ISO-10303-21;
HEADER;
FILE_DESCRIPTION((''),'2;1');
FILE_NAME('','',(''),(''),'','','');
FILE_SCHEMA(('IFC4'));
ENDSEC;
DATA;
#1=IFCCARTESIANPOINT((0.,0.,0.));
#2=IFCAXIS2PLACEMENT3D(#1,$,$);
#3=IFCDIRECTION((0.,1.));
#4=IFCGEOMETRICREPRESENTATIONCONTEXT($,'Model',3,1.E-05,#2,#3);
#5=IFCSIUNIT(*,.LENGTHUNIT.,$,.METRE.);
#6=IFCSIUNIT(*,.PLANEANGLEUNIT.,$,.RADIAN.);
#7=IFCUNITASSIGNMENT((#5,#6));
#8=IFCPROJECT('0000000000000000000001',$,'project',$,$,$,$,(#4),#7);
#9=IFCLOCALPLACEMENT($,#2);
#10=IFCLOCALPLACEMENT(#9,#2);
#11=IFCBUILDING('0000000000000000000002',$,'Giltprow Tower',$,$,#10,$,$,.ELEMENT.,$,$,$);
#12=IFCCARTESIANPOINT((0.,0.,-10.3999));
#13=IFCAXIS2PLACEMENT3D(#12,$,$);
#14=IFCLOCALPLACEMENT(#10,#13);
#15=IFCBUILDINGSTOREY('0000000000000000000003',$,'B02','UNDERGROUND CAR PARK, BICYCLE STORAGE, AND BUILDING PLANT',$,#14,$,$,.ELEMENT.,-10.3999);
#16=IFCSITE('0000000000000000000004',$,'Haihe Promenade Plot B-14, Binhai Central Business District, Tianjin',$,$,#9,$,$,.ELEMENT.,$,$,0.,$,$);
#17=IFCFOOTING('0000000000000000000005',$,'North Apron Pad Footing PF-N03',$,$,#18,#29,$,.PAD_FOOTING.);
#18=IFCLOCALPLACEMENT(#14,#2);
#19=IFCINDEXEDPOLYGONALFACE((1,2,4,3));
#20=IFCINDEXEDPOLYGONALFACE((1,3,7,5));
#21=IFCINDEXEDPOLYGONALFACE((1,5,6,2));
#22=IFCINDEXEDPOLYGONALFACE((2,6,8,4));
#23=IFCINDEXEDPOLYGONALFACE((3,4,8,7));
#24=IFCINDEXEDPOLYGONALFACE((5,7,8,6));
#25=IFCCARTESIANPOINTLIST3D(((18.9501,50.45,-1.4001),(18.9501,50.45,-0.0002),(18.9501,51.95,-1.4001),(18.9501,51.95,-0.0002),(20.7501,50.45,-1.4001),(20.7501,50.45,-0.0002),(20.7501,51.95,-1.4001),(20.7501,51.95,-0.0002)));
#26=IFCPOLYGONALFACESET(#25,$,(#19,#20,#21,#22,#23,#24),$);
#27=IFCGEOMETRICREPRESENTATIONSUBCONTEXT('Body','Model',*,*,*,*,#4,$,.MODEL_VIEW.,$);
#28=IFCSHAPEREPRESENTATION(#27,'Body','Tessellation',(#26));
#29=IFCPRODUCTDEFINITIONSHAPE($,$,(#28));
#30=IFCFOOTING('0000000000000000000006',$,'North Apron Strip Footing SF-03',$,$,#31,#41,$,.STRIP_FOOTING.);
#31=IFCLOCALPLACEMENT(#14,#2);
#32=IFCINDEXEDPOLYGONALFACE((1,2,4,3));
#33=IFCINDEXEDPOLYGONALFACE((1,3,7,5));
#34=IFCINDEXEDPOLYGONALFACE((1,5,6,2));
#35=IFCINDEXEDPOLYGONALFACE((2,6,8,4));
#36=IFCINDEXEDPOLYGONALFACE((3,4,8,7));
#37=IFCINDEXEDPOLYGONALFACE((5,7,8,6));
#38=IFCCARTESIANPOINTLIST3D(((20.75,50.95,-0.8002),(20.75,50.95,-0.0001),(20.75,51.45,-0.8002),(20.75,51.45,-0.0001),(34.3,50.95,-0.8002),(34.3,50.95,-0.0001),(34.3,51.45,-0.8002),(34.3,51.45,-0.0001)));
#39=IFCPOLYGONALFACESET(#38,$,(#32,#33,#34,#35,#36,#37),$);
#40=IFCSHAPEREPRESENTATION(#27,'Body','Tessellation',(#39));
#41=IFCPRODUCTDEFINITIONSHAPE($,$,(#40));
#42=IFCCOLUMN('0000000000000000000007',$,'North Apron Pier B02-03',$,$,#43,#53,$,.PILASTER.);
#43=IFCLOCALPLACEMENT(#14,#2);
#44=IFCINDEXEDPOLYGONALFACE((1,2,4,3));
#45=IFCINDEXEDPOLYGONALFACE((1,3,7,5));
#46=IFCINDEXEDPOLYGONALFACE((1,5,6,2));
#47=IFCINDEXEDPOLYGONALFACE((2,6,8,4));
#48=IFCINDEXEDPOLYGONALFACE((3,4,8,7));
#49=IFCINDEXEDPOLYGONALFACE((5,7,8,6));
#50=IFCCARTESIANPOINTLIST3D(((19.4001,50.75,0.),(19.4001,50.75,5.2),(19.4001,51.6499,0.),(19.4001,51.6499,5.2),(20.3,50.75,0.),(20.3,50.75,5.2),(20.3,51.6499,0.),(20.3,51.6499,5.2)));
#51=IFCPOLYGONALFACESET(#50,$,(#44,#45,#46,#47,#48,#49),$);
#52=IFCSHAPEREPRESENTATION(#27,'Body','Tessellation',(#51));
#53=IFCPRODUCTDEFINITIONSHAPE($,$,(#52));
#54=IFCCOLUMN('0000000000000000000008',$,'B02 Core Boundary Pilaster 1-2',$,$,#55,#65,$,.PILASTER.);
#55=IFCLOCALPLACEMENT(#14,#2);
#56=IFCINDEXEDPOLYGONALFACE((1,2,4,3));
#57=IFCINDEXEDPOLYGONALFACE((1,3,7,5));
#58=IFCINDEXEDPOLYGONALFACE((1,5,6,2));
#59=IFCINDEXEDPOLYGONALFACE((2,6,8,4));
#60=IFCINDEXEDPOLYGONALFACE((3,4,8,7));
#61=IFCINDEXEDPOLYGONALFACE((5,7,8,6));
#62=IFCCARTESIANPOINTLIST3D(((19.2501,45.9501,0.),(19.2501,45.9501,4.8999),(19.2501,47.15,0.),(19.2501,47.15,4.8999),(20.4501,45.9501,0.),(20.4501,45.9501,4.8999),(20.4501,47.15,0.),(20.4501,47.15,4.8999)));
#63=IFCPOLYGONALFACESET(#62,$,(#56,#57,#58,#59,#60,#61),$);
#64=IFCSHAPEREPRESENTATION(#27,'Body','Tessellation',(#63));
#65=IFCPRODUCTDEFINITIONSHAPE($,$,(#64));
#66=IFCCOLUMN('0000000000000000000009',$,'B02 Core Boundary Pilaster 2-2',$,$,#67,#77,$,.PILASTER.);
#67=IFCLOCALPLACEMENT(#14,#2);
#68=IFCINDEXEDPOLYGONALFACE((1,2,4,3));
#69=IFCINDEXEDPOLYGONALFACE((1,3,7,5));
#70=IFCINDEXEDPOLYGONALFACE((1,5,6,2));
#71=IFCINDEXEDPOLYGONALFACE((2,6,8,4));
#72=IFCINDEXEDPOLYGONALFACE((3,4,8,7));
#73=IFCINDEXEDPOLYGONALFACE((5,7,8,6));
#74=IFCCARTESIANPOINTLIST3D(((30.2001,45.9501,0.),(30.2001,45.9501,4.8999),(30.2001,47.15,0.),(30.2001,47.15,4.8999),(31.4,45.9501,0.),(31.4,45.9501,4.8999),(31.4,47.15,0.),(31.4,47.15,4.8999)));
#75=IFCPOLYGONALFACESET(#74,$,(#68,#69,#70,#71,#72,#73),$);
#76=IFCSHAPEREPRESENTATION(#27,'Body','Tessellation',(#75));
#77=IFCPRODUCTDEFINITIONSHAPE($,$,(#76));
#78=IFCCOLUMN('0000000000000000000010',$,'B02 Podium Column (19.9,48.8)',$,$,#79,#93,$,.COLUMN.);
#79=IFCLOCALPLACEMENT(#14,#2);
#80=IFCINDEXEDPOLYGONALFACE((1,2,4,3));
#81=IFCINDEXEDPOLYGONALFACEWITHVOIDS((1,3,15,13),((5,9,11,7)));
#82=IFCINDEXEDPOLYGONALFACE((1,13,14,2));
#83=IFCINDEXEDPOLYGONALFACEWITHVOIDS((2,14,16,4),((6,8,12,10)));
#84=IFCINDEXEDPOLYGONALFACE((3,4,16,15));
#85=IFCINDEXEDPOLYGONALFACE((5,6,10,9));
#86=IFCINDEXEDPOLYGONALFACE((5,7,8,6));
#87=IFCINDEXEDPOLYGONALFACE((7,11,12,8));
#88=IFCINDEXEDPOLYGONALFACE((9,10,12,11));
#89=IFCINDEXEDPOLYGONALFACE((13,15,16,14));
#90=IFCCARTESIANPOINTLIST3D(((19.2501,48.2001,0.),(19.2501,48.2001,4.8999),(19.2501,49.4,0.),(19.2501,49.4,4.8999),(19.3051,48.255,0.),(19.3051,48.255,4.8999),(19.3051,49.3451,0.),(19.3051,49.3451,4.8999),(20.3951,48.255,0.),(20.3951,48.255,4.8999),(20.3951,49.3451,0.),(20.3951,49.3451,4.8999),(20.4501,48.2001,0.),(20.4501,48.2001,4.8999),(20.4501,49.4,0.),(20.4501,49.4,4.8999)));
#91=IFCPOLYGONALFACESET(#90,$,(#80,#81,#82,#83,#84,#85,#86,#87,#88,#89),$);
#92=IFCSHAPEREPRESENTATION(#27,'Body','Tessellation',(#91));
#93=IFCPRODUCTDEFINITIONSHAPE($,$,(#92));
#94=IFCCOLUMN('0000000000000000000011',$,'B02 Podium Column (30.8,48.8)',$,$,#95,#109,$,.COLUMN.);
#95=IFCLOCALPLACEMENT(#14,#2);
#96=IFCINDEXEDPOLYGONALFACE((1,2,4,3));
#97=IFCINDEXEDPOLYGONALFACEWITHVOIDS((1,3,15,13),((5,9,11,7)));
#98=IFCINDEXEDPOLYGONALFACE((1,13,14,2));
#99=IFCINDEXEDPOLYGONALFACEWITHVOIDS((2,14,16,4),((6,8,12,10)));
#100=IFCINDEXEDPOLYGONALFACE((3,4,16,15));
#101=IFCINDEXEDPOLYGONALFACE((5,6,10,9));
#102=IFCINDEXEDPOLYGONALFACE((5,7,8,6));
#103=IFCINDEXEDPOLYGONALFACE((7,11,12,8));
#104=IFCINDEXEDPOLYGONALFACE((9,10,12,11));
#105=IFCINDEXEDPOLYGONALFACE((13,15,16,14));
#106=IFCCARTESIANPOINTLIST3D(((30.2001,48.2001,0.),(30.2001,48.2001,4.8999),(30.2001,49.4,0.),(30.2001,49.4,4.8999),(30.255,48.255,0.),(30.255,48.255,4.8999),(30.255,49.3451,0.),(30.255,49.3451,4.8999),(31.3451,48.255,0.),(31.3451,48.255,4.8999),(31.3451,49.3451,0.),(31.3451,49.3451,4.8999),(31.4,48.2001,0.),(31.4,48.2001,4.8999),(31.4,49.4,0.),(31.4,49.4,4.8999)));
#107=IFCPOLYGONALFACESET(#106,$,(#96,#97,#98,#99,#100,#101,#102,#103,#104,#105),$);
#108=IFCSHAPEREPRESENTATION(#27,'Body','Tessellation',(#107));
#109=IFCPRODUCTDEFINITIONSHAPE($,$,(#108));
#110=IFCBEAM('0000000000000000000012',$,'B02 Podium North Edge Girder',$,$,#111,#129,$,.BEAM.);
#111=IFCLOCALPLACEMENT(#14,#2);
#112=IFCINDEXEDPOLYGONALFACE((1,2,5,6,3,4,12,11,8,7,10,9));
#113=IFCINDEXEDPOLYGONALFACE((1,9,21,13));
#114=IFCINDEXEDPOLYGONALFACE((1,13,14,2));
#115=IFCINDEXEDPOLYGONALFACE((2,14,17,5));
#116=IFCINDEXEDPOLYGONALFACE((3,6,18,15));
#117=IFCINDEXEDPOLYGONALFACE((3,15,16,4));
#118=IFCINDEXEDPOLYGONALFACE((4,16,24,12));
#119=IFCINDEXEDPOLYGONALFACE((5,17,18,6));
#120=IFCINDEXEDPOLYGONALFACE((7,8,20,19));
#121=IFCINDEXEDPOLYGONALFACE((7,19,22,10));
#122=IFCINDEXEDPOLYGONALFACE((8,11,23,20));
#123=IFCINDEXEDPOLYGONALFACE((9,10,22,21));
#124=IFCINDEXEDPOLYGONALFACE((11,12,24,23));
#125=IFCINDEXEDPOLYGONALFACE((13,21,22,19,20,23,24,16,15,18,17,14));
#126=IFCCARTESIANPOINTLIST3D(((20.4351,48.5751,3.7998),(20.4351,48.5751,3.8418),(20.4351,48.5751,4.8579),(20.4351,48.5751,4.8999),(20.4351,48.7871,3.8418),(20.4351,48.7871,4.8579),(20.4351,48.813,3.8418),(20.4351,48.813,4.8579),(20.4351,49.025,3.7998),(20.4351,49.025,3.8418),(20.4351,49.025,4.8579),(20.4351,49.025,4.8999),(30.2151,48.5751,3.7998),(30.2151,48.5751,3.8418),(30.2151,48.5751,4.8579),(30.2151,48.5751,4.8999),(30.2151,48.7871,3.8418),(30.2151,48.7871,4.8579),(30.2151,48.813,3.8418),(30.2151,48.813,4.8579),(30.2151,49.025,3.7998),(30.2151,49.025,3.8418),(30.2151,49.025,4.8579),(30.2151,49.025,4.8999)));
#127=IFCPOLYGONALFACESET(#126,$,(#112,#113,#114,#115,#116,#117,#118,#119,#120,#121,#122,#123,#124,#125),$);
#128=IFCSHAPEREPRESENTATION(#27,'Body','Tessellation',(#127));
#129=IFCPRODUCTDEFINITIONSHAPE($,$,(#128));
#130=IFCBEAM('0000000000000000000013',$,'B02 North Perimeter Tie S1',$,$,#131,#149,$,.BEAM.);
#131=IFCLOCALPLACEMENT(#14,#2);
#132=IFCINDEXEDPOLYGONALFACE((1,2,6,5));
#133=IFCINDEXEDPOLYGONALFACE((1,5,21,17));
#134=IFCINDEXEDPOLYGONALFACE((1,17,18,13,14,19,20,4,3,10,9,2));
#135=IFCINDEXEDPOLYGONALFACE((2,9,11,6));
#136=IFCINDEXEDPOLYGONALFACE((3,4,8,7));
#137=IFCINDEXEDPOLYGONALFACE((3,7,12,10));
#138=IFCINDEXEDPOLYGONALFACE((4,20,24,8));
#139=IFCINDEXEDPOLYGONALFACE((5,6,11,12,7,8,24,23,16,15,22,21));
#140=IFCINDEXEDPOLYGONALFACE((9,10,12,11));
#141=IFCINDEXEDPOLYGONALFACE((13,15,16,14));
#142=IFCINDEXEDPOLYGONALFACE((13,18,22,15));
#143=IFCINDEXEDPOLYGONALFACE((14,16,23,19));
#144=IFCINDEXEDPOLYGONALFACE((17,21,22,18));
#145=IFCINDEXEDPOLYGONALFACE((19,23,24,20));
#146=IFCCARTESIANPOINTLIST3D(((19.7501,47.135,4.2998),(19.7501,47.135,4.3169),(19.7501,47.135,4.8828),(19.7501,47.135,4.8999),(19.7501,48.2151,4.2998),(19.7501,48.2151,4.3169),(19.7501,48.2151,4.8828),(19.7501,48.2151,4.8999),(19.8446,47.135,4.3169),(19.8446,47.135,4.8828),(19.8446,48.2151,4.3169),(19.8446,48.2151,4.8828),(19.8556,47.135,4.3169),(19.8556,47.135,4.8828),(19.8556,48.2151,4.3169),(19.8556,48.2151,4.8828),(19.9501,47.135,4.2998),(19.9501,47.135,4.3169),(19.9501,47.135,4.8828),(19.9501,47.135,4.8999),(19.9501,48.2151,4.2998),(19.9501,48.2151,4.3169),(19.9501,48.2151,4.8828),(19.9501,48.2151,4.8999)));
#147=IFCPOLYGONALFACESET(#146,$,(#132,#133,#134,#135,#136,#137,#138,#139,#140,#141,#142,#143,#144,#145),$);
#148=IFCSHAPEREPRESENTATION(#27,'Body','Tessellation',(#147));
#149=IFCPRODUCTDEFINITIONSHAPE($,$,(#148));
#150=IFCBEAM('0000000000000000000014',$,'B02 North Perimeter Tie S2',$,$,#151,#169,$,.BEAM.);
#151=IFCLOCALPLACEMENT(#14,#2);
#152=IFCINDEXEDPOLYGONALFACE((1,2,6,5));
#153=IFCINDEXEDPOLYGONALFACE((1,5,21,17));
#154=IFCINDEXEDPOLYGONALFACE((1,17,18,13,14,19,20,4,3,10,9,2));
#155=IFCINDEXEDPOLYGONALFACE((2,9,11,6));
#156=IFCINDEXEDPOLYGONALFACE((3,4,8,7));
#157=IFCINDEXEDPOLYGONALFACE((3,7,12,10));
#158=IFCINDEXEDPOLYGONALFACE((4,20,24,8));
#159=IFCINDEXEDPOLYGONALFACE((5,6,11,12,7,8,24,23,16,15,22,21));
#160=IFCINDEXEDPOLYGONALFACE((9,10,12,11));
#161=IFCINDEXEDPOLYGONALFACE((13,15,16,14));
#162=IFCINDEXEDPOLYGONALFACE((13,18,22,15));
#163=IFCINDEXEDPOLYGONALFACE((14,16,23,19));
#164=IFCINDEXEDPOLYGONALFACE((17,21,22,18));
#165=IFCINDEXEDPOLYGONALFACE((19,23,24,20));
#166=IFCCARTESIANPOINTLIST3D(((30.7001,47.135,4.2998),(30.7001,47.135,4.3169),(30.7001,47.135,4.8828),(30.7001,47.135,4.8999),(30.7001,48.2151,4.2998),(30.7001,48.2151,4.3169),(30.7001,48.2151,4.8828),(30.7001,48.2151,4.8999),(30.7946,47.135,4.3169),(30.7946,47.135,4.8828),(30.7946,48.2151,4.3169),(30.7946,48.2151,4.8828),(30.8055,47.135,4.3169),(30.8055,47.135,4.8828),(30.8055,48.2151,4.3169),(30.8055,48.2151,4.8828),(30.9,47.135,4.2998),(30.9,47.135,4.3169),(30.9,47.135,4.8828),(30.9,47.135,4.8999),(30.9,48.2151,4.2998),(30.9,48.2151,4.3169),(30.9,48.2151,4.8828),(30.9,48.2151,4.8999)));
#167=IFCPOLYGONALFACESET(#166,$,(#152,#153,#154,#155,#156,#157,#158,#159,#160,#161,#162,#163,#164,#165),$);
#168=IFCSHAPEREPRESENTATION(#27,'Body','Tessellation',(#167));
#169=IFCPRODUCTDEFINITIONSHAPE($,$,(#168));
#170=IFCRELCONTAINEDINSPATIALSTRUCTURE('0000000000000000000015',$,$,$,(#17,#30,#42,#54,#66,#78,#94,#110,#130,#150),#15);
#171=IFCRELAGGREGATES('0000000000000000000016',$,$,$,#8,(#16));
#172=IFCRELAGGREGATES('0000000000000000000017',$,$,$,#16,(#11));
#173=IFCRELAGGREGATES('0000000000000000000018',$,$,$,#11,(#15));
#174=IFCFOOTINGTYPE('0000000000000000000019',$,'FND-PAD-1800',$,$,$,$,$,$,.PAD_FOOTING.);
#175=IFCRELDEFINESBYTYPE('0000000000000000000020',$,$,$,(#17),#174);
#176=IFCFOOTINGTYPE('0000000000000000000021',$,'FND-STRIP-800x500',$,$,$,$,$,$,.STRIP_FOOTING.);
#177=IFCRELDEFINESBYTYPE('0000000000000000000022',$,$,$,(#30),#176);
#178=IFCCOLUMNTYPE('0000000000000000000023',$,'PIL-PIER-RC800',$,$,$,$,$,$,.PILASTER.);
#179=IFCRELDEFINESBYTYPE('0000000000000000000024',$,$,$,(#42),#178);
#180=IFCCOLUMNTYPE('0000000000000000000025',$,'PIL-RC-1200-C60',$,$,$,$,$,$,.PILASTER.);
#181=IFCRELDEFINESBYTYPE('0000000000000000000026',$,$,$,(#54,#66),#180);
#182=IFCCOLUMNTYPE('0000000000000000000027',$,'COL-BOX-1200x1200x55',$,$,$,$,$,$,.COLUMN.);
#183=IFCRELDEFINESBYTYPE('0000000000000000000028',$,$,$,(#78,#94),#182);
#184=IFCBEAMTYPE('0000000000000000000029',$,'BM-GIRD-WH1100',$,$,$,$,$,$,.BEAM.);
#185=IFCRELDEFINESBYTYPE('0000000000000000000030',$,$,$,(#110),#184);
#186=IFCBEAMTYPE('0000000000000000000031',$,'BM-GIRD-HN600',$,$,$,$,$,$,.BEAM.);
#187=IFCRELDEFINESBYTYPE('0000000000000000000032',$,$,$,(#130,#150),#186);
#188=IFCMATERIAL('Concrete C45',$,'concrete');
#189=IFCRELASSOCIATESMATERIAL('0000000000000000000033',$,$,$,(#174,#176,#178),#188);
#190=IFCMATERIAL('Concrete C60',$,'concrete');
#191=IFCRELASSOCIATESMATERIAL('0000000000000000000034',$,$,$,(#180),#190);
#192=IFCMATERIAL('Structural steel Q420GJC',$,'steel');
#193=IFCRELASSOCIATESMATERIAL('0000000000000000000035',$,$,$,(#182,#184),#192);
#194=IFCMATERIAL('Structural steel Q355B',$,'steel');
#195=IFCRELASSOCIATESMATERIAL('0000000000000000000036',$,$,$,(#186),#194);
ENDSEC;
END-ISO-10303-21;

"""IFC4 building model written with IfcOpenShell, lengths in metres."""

from ifc_helpers import new_model, si_unit, direction, frame, origin, origin_2d, place, context, subcontext, project, spatial, rectangle, hollow_rectangle, i_section, extrude, source, transform, mapped, material, material_profile, profile_set, type_object, element, save


model = new_model("IFC4")

# Units and contexts
model_context = context("Model", 3, precision=1e-05, world=origin(), true_north=direction((0.0, 1.0)))
body_context = subcontext(model_context, "Body", "Model", "MODEL_VIEW")
ifc_project = project(units=[si_unit("LENGTHUNIT", "METRE"), si_unit("PLANEANGLEUNIT", "RADIAN")], contexts=[model_context])

# Site, building, storey
site_placement = place(None, origin())
site = spatial("IfcSite", under=ifc_project, at=site_placement, Name="Haihe Promenade Plot B-14, Binhai Central Business District, Tianjin", CompositionType="ELEMENT", RefElevation=0.0)
building_placement = place(site_placement, origin())
building = spatial("IfcBuilding", under=site, at=building_placement, Name="Giltprow Tower", CompositionType="ELEMENT")
storey_placement = place(building_placement, frame((0.0, 0.0, -10.3999)))
storey = spatial("IfcBuildingStorey", under=building, at=storey_placement, Name="B02", Description="UNDERGROUND CAR PARK, BICYCLE STORAGE, AND BUILDING PLANT", CompositionType="ELEMENT", Elevation=-10.3999)

# Shared definitions
ifc_material_1 = material(Name="Concrete C45", Category="concrete")

# Footings
footing_type_1 = type_object("IfcFootingType", Name="FND-PAD-1800", PredefinedType="PAD_FOOTING", material=ifc_material_1)
shared_shape_1 = source(origin(), body_context, "Body", "SweptSolid", [
    extrude(rectangle(XDim=1.8, YDim=1.5, at=origin_2d()), origin(), (0.0, 0.0, 1.0), 1.3999),
])
footing_1_placement = place(storey_placement, frame((19.8501, 51.2, -1.4001), z_axis=(0.0, 0.0, 1.0), x_axis=(1.0, 0.0, 0.0)))
element("IfcFooting", 1, at=footing_1_placement, inside=storey, type_object=footing_type_1, Name="North Apron Pad Footing PF-N03", PredefinedType="PAD_FOOTING", context=body_context, shape_type="MappedRepresentation", body=[
    mapped(shared_shape_1, transform((0.0, 0.0, 0.0), x_axis=(1.0, 0.0, 0.0), y_axis=(0.0, 1.0, 0.0), z_axis=(0.0, 0.0, 1.0), scale=1.0)),
])
ifc_material_profile_1 = material_profile(ifc_material_1, rectangle(XDim=0.5, YDim=0.8, at=origin_2d()), Name="RC 800x500")
ifc_profile_set_1 = profile_set([ifc_material_profile_1], Name="Concrete C45")
footing_type_2 = type_object("IfcFootingType", Name="FND-STRIP-800x500", PredefinedType="STRIP_FOOTING", material=ifc_profile_set_1)
shared_shape_2 = source(origin(), body_context, "Body", "SweptSolid", [
    extrude(rectangle(XDim=0.5, YDim=0.8, at=origin_2d()), origin(), (0.0, 0.0, 1.0), 13.55),
])
footing_2_placement = place(storey_placement, frame((20.75, 51.2, -0.4001), z_axis=(1.0, 0.0, 0.0), x_axis=(0.0, 1.0, 0.0)))
element("IfcFooting", 2, at=footing_2_placement, inside=storey, type_object=footing_type_2, Name="North Apron Strip Footing SF-03", PredefinedType="STRIP_FOOTING", context=body_context, shape_type="MappedRepresentation", body=[
    mapped(shared_shape_2, transform((0.0, 0.0, 0.0), x_axis=(1.0, 0.0, 0.0), y_axis=(0.0, 1.0, 0.0), z_axis=(0.0, 0.0, 1.0), scale=1.0)),
])

# Columns
ifc_material_profile_2 = material_profile(ifc_material_1, rectangle(XDim=0.8999, YDim=0.8999, at=origin_2d()), Name="RC 900x900")
ifc_profile_set_2 = profile_set([ifc_material_profile_2], Name="Concrete C45")
column_type_1 = type_object("IfcColumnType", Name="PIL-PIER-RC800", PredefinedType="PILASTER", material=ifc_profile_set_2)
shared_shape_3 = source(origin(), body_context, "Body", "SweptSolid", [
    extrude(rectangle(XDim=0.8999, YDim=0.8999, at=origin_2d()), origin(), (0.0, 0.0, 1.0), 5.2),
])
column_placement = place(storey_placement, frame((19.8501, 51.2, 0.0), z_axis=(0.0, 0.0, 1.0), x_axis=(1.0, 0.0, 0.0)))
element("IfcColumn", 3, at=column_placement, inside=storey, type_object=column_type_1, Name="North Apron Pier B02-03", PredefinedType="PILASTER", context=body_context, shape_type="MappedRepresentation", body=[
    mapped(shared_shape_3, transform((0.0, 0.0, 0.0), x_axis=(1.0, 0.0, 0.0), y_axis=(0.0, 1.0, 0.0), z_axis=(0.0, 0.0, 1.0), scale=1.0)),
])
ifc_material_2 = material(Name="Concrete C60", Category="concrete")
ifc_material_profile_3 = material_profile(ifc_material_2, rectangle(XDim=1.2, YDim=1.2, at=origin_2d()), Name="RC 1200x1200")
ifc_profile_set_3 = profile_set([ifc_material_profile_3], Name="Concrete C60")
column_type_2 = type_object("IfcColumnType", Name="PIL-RC-1200-C60", PredefinedType="PILASTER", material=ifc_profile_set_3)
shared_shape_4 = source(origin(), body_context, "Body", "SweptSolid", [
    extrude(rectangle(XDim=1.2, YDim=1.2, at=origin_2d()), origin(), (0.0, 0.0, 1.0), 4.8999),
])
for number, where, z_axis, x_axis, name in (
    (4, (19.8501, 46.55, 0.0), (0.0, 0.0, 1.0), (1.0, 0.0, 0.0), "B02 Core Boundary Pilaster 1-2"),
    (5, (30.8, 46.55, 0.0), (0.0, 0.0, 1.0), (1.0, 0.0, 0.0), "B02 Core Boundary Pilaster 2-2"),
):
    element("IfcColumn", number, at=place(storey_placement, frame(where, z_axis=z_axis, x_axis=x_axis)), inside=storey, type_object=column_type_2, Name=name, PredefinedType="PILASTER", context=body_context, shape_type="MappedRepresentation", body=[
        mapped(shared_shape_4, transform((0.0, 0.0, 0.0), x_axis=(1.0, 0.0, 0.0), y_axis=(0.0, 1.0, 0.0), z_axis=(0.0, 0.0, 1.0), scale=1.0)),
    ])
ifc_material_3 = material(Name="Structural steel Q420GJC", Category="steel")
ifc_material_profile_4 = material_profile(ifc_material_3, hollow_rectangle(XDim=1.2, YDim=1.2, WallThickness=0.0549, at=origin_2d()), Name="BOX 1200x1200x55")
ifc_profile_set_4 = profile_set([ifc_material_profile_4], Name="Structural steel Q420GJC")
column_type_3 = type_object("IfcColumnType", Name="COL-BOX-1200x1200x55", PredefinedType="COLUMN", material=ifc_profile_set_4)
shared_shape_5 = source(origin(), body_context, "Body", "SweptSolid", [
    extrude(hollow_rectangle(XDim=1.2, YDim=1.2, WallThickness=0.0549, at=origin_2d()), origin(), (0.0, 0.0, 1.0), 4.8999),
])
for number, where, z_axis, x_axis, name in (
    (6, (19.8501, 48.8, 0.0), (0.0, 0.0, 1.0), (1.0, 0.0, 0.0), "B02 Podium Column (19.9,48.8)"),
    (7, (30.8, 48.8, 0.0), (0.0, 0.0, 1.0), (1.0, 0.0, 0.0), "B02 Podium Column (30.8,48.8)"),
):
    element("IfcColumn", number, at=place(storey_placement, frame(where, z_axis=z_axis, x_axis=x_axis)), inside=storey, type_object=column_type_3, Name=name, PredefinedType="COLUMN", context=body_context, shape_type="MappedRepresentation", body=[
        mapped(shared_shape_5, transform((0.0, 0.0, 0.0), x_axis=(1.0, 0.0, 0.0), y_axis=(0.0, 1.0, 0.0), z_axis=(0.0, 0.0, 1.0), scale=1.0)),
    ])

# Beams
ifc_material_profile_5 = material_profile(ifc_material_3, i_section(OverallWidth=0.45, OverallDepth=1.1001, WebThickness=0.0259, FlangeThickness=0.042, at=origin_2d()), Name="WH 1100x450x26x42")
ifc_profile_set_5 = profile_set([ifc_material_profile_5], Name="Structural steel Q420GJC")
beam_type_1 = type_object("IfcBeamType", Name="BM-GIRD-WH1100", PredefinedType="BEAM", material=ifc_profile_set_5)
shared_shape_6 = source(origin(), body_context, "Body", "SweptSolid", [
    extrude(i_section(OverallWidth=0.45, OverallDepth=1.1001, WebThickness=0.0259, FlangeThickness=0.042, at=origin_2d()), origin(), (0.0, 0.0, 1.0), 9.78),
])
beam_placement = place(storey_placement, frame((20.4351, 48.8, 4.3499), z_axis=(1.0, 0.0, 0.0), x_axis=(0.0, 1.0, 0.0)))
element("IfcBeam", 8, at=beam_placement, inside=storey, type_object=beam_type_1, Name="B02 Podium North Edge Girder", PredefinedType="BEAM", context=body_context, shape_type="MappedRepresentation", body=[
    mapped(shared_shape_6, transform((0.0, 0.0, 0.0), x_axis=(1.0, 0.0, 0.0), y_axis=(0.0, 1.0, 0.0), z_axis=(0.0, 0.0, 1.0), scale=1.0)),
])
ifc_material_4 = material(Name="Structural steel Q355B", Category="steel")
ifc_material_profile_6 = material_profile(ifc_material_4, i_section(OverallWidth=0.2, OverallDepth=0.6001, WebThickness=0.011, FlangeThickness=0.0171, at=origin_2d()), Name="HN 600x200x11x17")
ifc_profile_set_6 = profile_set([ifc_material_profile_6], Name="Structural steel Q355B")
beam_type_2 = type_object("IfcBeamType", Name="BM-GIRD-HN600", PredefinedType="BEAM", material=ifc_profile_set_6)
shared_shape_7 = source(origin(), body_context, "Body", "SweptSolid", [
    extrude(i_section(OverallWidth=0.2, OverallDepth=0.6001, WebThickness=0.011, FlangeThickness=0.0171, at=origin_2d()), origin(), (0.0, 0.0, 1.0), 1.0801),
])
for number, where, z_axis, x_axis, name in (
    (9, (19.8501, 47.135, 4.5999), (0.0, 1.0, 0.0), (-1.0, 0.0, 0.0), "B02 North Perimeter Tie S1"),
    (10, (30.8, 47.135, 4.5999), (0.0, 1.0, 0.0), (-1.0, 0.0, 0.0), "B02 North Perimeter Tie S2"),
):
    element("IfcBeam", number, at=place(storey_placement, frame(where, z_axis=z_axis, x_axis=x_axis)), inside=storey, type_object=beam_type_2, Name=name, PredefinedType="BEAM", context=body_context, shape_type="MappedRepresentation", body=[
        mapped(shared_shape_7, transform((0.0, 0.0, 0.0), x_axis=(1.0, 0.0, 0.0), y_axis=(0.0, 1.0, 0.0), z_axis=(0.0, 0.0, 1.0), scale=1.0)),
    ])

save(model, "model.ifc")
